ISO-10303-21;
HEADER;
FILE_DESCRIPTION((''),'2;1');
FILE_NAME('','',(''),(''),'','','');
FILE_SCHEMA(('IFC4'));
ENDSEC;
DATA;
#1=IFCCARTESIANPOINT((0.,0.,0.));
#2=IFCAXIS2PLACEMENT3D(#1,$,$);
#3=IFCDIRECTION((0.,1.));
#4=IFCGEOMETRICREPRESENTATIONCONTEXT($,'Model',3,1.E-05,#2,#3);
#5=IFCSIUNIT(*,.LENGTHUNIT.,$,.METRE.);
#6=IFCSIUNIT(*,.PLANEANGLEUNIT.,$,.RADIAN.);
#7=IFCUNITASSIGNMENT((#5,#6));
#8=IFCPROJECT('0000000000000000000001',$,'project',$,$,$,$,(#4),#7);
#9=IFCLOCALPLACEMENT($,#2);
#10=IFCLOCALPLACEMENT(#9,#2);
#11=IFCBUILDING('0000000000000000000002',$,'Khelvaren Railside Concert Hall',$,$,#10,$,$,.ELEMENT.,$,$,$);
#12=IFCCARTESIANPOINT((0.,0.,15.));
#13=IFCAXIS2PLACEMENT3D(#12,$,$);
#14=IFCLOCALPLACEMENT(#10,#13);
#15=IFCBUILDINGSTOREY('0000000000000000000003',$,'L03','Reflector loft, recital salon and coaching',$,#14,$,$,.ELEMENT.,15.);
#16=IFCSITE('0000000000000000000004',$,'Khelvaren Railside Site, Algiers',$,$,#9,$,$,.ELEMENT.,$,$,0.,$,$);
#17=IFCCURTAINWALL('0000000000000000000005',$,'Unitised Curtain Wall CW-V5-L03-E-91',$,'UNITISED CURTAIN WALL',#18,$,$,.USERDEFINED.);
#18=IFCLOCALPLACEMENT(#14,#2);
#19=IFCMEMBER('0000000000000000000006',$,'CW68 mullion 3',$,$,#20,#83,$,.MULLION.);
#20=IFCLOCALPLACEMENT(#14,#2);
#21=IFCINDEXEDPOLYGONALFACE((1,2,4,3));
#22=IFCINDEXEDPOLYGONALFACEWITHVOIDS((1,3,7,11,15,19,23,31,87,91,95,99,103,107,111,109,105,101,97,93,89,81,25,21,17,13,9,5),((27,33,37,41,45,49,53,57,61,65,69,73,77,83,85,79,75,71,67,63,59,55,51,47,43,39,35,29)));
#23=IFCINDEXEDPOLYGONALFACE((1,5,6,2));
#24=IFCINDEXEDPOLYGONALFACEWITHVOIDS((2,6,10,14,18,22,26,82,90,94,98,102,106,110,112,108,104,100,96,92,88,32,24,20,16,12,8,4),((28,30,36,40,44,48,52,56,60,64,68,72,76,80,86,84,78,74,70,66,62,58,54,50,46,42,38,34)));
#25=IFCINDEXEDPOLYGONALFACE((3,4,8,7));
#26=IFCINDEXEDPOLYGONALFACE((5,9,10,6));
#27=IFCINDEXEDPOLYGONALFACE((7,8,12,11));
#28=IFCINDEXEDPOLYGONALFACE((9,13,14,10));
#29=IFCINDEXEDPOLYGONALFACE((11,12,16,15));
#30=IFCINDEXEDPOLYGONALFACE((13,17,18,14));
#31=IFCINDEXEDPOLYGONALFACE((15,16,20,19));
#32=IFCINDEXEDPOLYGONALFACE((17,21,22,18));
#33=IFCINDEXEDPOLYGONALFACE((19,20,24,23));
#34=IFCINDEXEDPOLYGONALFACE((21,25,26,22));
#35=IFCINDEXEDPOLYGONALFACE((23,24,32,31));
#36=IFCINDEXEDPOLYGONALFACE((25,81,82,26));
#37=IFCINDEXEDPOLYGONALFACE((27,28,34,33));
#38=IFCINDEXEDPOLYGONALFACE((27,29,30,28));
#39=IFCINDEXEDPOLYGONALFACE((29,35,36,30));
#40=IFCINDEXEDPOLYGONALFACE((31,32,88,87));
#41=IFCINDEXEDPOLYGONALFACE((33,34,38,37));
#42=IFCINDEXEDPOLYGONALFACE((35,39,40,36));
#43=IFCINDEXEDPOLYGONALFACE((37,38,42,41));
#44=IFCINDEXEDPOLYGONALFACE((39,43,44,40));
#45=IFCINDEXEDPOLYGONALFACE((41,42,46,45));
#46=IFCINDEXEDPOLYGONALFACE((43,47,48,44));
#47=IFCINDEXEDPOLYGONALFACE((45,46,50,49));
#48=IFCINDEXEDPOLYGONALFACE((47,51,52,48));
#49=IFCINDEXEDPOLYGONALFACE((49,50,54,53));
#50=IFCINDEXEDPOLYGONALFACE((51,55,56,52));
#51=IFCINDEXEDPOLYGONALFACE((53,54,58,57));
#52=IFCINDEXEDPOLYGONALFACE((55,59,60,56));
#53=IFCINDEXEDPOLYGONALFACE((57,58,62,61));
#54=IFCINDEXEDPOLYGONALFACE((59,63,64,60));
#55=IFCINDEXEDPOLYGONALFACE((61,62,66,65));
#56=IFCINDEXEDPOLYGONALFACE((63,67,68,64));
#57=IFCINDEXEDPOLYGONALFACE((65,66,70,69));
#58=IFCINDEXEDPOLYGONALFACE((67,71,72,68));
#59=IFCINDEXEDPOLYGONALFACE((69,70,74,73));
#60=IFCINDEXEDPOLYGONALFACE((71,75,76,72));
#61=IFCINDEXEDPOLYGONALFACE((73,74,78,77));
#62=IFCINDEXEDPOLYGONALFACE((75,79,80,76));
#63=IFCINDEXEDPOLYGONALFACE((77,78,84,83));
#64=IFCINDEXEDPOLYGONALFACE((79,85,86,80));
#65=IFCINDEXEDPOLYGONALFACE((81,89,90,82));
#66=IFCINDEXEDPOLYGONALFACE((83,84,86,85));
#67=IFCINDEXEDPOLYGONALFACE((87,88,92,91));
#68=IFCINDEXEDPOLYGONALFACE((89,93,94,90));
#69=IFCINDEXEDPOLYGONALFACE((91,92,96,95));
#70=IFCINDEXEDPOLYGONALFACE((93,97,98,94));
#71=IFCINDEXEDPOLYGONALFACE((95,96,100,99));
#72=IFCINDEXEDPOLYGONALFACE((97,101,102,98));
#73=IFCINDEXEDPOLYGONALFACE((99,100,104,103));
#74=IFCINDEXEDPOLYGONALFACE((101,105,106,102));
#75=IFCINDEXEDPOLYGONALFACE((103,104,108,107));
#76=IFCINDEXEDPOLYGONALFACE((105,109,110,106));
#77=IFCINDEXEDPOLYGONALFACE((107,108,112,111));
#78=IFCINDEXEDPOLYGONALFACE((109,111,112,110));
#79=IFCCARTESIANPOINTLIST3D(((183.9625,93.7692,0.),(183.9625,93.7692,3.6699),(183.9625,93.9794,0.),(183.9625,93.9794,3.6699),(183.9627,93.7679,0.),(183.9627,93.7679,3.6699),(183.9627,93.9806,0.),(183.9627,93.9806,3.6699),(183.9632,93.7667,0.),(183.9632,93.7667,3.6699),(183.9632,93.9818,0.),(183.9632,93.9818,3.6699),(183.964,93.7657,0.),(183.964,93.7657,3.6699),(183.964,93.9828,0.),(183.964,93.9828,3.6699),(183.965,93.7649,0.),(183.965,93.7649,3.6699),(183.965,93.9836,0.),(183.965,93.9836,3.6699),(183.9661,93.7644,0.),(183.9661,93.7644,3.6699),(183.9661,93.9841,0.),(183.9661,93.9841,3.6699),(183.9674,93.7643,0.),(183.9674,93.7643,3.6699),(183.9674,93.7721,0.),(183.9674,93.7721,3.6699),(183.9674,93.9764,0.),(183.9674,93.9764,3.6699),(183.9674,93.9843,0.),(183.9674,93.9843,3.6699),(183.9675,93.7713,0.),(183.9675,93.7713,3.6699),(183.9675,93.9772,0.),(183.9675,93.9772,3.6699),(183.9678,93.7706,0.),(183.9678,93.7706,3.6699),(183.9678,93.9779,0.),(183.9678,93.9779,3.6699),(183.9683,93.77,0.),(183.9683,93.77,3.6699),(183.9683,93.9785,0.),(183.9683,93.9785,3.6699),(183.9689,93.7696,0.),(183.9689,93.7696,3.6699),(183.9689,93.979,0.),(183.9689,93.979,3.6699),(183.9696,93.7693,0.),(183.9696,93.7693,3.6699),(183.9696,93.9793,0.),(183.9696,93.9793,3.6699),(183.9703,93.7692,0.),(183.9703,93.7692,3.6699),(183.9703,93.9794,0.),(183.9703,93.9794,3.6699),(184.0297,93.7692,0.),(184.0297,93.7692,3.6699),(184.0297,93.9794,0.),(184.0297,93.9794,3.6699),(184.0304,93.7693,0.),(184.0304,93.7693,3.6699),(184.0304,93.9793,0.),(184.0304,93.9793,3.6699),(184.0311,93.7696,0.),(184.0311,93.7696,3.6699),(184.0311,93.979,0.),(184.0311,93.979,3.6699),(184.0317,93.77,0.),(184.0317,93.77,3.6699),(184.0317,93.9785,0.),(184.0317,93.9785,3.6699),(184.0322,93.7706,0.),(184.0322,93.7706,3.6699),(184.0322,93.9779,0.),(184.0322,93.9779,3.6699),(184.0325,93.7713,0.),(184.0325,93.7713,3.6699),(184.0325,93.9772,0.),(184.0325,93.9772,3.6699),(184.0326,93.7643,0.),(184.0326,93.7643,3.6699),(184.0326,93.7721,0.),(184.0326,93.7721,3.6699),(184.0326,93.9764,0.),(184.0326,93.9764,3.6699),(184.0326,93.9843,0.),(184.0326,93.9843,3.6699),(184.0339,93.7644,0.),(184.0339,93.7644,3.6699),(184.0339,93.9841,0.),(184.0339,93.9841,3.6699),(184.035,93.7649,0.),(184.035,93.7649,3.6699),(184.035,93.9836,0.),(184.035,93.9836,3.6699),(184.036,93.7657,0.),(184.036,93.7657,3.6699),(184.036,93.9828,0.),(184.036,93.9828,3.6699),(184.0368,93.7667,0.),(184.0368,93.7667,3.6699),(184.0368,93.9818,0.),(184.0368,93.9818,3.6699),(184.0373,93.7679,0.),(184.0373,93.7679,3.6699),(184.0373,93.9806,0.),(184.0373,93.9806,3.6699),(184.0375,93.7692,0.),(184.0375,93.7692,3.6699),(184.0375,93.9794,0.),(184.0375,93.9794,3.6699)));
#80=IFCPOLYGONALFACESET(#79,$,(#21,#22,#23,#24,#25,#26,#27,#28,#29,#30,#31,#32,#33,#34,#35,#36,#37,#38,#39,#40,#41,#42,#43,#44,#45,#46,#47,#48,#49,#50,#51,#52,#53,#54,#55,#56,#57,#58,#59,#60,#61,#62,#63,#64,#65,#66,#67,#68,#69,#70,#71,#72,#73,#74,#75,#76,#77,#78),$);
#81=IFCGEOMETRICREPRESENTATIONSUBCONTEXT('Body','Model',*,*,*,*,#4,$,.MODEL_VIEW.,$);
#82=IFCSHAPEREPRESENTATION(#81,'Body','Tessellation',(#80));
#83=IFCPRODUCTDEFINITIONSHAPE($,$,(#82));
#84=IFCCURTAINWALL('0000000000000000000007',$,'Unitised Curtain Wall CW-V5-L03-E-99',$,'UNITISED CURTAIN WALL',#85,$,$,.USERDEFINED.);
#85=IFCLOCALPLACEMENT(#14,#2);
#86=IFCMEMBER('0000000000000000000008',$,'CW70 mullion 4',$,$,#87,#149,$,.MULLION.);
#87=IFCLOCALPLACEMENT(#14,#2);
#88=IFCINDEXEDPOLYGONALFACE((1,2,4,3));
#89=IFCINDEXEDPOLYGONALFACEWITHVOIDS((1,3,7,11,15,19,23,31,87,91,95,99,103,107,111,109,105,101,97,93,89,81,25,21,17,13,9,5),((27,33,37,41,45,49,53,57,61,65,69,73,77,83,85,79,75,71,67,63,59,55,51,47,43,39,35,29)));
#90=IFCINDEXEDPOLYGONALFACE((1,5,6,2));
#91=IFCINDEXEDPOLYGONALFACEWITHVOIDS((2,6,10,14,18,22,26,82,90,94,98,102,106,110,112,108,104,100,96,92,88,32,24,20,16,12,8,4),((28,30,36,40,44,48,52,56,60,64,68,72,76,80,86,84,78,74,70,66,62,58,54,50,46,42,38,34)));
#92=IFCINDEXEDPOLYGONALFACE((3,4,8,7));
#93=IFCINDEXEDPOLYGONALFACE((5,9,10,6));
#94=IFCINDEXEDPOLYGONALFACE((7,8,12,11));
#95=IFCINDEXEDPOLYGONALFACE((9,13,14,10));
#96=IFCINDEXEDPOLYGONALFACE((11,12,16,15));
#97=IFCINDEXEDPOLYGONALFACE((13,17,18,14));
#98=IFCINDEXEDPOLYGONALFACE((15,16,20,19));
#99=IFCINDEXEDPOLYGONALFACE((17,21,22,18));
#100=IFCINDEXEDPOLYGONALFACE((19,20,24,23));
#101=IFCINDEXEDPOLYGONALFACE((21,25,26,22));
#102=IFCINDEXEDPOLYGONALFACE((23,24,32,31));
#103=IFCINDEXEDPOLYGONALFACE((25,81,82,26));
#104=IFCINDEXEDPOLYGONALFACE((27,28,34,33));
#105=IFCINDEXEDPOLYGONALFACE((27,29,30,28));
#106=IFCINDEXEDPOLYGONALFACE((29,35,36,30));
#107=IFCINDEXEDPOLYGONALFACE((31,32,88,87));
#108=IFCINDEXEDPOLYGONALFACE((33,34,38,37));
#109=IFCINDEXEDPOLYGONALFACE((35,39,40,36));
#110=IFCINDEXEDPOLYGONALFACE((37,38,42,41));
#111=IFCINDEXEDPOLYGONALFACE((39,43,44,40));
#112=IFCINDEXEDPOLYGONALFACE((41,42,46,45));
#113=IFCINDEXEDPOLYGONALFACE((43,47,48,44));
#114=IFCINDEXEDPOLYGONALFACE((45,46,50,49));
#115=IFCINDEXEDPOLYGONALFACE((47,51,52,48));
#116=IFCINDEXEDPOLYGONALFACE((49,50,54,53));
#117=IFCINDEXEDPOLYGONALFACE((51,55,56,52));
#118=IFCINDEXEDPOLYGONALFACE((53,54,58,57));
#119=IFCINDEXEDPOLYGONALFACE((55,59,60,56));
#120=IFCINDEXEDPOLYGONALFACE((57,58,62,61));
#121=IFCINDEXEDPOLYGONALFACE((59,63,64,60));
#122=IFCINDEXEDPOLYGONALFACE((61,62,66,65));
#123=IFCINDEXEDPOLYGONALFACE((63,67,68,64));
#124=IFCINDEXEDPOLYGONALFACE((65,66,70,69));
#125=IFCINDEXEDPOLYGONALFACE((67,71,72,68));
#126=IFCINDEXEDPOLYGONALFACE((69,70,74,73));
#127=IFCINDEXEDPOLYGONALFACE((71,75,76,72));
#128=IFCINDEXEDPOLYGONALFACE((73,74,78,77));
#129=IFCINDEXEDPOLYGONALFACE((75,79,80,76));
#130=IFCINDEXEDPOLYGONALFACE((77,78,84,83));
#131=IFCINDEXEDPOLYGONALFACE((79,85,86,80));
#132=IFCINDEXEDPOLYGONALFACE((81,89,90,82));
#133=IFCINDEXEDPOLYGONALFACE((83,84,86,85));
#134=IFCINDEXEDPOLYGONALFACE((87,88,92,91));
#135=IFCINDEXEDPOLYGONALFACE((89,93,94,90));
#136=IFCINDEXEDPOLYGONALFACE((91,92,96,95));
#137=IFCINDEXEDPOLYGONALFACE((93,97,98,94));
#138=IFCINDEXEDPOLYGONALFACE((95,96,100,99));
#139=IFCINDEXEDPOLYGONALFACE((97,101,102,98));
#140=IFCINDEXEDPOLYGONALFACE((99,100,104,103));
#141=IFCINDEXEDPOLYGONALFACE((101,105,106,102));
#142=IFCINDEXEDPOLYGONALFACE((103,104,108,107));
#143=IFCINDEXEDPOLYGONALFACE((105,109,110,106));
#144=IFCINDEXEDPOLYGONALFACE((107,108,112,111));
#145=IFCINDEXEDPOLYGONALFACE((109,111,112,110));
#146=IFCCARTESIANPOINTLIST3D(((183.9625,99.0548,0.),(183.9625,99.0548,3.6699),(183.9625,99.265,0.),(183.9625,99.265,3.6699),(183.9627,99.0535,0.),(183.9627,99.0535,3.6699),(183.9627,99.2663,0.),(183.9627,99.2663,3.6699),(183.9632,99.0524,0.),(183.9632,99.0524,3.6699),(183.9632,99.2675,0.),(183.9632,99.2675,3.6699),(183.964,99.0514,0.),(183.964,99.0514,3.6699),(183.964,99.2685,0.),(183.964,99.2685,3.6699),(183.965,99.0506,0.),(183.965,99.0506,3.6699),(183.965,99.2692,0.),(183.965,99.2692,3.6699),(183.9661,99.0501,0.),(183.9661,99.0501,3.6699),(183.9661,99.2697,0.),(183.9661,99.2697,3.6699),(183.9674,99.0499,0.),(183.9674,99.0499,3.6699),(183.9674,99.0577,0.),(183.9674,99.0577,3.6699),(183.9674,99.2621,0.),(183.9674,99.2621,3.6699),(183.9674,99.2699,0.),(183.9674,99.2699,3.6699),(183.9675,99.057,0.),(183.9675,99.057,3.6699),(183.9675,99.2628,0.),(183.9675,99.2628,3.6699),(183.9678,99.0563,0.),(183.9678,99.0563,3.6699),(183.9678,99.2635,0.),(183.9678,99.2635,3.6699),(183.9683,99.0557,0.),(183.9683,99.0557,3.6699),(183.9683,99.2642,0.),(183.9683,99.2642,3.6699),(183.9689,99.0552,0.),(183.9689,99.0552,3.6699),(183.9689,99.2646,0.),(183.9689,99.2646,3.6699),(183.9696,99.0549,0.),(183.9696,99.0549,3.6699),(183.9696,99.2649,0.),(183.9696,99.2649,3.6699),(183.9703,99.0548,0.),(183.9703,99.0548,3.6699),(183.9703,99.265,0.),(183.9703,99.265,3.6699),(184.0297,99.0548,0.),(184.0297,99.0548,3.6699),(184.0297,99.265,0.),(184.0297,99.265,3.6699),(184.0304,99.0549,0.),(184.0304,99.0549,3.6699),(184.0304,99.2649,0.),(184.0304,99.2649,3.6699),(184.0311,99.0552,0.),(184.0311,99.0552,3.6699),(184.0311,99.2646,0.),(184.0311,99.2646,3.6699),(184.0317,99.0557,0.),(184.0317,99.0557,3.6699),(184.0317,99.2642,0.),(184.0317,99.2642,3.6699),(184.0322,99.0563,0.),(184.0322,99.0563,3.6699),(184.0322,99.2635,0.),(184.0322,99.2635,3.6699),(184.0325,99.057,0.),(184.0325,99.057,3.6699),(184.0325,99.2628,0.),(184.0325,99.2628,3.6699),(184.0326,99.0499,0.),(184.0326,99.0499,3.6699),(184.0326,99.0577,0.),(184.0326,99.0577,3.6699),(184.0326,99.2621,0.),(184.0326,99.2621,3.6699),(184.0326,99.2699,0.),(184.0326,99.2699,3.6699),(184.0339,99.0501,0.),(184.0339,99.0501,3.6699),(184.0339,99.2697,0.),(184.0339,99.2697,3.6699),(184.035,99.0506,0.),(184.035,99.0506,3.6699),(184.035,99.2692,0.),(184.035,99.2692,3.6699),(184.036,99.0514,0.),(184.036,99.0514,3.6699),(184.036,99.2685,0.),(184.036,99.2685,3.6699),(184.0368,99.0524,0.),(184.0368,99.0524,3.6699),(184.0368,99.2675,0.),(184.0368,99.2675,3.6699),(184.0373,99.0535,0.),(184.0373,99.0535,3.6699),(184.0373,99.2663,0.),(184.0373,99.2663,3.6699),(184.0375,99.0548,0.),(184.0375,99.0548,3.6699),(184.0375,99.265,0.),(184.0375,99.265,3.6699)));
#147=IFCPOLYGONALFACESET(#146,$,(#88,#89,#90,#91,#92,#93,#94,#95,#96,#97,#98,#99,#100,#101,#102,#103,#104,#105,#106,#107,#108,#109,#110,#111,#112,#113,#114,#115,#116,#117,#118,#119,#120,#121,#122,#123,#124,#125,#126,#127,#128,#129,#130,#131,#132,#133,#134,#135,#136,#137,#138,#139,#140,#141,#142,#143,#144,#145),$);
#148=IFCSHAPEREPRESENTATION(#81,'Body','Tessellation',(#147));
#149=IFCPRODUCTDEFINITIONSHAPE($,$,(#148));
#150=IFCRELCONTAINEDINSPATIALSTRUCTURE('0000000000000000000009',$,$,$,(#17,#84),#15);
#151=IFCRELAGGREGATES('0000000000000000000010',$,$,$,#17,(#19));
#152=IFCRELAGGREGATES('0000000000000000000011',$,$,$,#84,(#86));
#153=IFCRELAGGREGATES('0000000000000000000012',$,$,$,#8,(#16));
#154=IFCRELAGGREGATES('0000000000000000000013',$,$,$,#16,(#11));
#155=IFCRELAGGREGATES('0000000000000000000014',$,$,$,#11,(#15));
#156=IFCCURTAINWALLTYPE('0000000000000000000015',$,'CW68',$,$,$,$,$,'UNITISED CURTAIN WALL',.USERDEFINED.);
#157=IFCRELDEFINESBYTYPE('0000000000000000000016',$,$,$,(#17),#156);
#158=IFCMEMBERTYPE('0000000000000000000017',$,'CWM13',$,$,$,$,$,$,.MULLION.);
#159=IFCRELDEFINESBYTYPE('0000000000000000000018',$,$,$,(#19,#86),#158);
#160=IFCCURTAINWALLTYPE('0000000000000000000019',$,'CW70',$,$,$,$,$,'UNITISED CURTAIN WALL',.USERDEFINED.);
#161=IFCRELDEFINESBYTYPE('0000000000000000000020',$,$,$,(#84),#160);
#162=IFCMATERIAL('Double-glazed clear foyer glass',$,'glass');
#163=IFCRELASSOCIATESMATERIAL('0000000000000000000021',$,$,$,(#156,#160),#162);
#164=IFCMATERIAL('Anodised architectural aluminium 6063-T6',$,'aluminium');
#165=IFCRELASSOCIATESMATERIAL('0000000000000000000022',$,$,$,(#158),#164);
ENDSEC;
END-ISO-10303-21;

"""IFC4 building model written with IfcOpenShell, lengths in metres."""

from ifc_helpers import new_model, si_unit, direction, frame, origin, origin_2d, place, context, subcontext, project, spatial, hollow_rectangle, extrude, material, material_profile, profile_set, type_object, element, aggregate, save


model = new_model("IFC4")

# Units and contexts
model_context = context("Model", 3, precision=1e-05, world=origin(), true_north=direction((0.0, 1.0)))
body_context = subcontext(model_context, "Body", "Model", "MODEL_VIEW")
ifc_project = project(units=[si_unit("LENGTHUNIT", "METRE"), si_unit("PLANEANGLEUNIT", "RADIAN")], contexts=[model_context])

# Site, building, storey
site_placement = place(None, origin())
site = spatial("IfcSite", under=ifc_project, at=site_placement, Name="Khelvaren Railside Site, Algiers", CompositionType="ELEMENT", RefElevation=0.0)
building_placement = place(site_placement, origin())
building = spatial("IfcBuilding", under=site, at=building_placement, Name="Khelvaren Railside Concert Hall", CompositionType="ELEMENT")
storey_placement = place(building_placement, frame((0.0, 0.0, 15.0)))
storey = spatial("IfcBuildingStorey", under=building, at=storey_placement, Name="L03", Description="Reflector loft, recital salon and coaching", CompositionType="ELEMENT", Elevation=15.0)

# Curtain wall, member
ifc_material_1 = material(Name="Double-glazed clear foyer glass", Category="glass")
curtain_wall_type_1 = type_object("IfcCurtainWallType", Name="CW68", ElementType="UNITISED CURTAIN WALL", PredefinedType="USERDEFINED", material=ifc_material_1)
curtain_wall_1_placement = place(storey_placement, origin())
curtain_wall_1 = element("IfcCurtainWall", 1, at=curtain_wall_1_placement, inside=storey, type_object=curtain_wall_type_1, Name="Unitised Curtain Wall CW-V5-L03-E-91", ObjectType="UNITISED CURTAIN WALL", PredefinedType="USERDEFINED")
ifc_material_2 = material(Name="Anodised architectural aluminium 6063-T6", Category="aluminium")
ifc_material_profile_1 = material_profile(ifc_material_2, hollow_rectangle(XDim=0.075, YDim=0.22, WallThickness=0.0049, InnerFilletRadius=0.0029, OuterFilletRadius=0.0049, at=origin_2d()), Name="CWM 75x220x5")
ifc_profile_set_1 = profile_set([ifc_material_profile_1], Name="Anodised architectural aluminium 6063-T6")
member_type_1 = type_object("IfcMemberType", Name="CWM13", PredefinedType="MULLION", material=ifc_profile_set_1)
member_1_placement = place(storey_placement, frame((184.0, 93.8743, 0.0), z_axis=(0.0, 0.0, 1.0), x_axis=(1.0, 0.0, 0.0)))
member_1 = element("IfcMember", 2, at=member_1_placement, type_object=member_type_1, Name="CW68 mullion 3", PredefinedType="MULLION", context=body_context, shape_type="SweptSolid", body=[
    extrude(hollow_rectangle(XDim=0.075, YDim=0.22, WallThickness=0.0049, InnerFilletRadius=0.0029, OuterFilletRadius=0.0049, at=origin_2d()), origin(), (0.0, 0.0, 1.0), 3.6699),
])

# Curtain wall, member
curtain_wall_type_2 = type_object("IfcCurtainWallType", Name="CW70", ElementType="UNITISED CURTAIN WALL", PredefinedType="USERDEFINED", material=ifc_material_1)
curtain_wall_2_placement = place(storey_placement, origin())
curtain_wall_2 = element("IfcCurtainWall", 3, at=curtain_wall_2_placement, inside=storey, type_object=curtain_wall_type_2, Name="Unitised Curtain Wall CW-V5-L03-E-99", ObjectType="UNITISED CURTAIN WALL", PredefinedType="USERDEFINED")
member_2_placement = place(storey_placement, frame((184.0, 99.1599, 0.0), z_axis=(0.0, 0.0, 1.0), x_axis=(1.0, 0.0, 0.0)))
member_2 = element("IfcMember", 4, at=member_2_placement, type_object=member_type_1, Name="CW70 mullion 4", PredefinedType="MULLION", context=body_context, shape_type="SweptSolid", body=[
    extrude(hollow_rectangle(XDim=0.075, YDim=0.22, WallThickness=0.0049, InnerFilletRadius=0.0029, OuterFilletRadius=0.0049, at=origin_2d()), origin(), (0.0, 0.0, 1.0), 3.6699),
])

aggregate(curtain_wall_1, [member_1])
aggregate(curtain_wall_2, [member_2])

save(model, "model.ifc")
